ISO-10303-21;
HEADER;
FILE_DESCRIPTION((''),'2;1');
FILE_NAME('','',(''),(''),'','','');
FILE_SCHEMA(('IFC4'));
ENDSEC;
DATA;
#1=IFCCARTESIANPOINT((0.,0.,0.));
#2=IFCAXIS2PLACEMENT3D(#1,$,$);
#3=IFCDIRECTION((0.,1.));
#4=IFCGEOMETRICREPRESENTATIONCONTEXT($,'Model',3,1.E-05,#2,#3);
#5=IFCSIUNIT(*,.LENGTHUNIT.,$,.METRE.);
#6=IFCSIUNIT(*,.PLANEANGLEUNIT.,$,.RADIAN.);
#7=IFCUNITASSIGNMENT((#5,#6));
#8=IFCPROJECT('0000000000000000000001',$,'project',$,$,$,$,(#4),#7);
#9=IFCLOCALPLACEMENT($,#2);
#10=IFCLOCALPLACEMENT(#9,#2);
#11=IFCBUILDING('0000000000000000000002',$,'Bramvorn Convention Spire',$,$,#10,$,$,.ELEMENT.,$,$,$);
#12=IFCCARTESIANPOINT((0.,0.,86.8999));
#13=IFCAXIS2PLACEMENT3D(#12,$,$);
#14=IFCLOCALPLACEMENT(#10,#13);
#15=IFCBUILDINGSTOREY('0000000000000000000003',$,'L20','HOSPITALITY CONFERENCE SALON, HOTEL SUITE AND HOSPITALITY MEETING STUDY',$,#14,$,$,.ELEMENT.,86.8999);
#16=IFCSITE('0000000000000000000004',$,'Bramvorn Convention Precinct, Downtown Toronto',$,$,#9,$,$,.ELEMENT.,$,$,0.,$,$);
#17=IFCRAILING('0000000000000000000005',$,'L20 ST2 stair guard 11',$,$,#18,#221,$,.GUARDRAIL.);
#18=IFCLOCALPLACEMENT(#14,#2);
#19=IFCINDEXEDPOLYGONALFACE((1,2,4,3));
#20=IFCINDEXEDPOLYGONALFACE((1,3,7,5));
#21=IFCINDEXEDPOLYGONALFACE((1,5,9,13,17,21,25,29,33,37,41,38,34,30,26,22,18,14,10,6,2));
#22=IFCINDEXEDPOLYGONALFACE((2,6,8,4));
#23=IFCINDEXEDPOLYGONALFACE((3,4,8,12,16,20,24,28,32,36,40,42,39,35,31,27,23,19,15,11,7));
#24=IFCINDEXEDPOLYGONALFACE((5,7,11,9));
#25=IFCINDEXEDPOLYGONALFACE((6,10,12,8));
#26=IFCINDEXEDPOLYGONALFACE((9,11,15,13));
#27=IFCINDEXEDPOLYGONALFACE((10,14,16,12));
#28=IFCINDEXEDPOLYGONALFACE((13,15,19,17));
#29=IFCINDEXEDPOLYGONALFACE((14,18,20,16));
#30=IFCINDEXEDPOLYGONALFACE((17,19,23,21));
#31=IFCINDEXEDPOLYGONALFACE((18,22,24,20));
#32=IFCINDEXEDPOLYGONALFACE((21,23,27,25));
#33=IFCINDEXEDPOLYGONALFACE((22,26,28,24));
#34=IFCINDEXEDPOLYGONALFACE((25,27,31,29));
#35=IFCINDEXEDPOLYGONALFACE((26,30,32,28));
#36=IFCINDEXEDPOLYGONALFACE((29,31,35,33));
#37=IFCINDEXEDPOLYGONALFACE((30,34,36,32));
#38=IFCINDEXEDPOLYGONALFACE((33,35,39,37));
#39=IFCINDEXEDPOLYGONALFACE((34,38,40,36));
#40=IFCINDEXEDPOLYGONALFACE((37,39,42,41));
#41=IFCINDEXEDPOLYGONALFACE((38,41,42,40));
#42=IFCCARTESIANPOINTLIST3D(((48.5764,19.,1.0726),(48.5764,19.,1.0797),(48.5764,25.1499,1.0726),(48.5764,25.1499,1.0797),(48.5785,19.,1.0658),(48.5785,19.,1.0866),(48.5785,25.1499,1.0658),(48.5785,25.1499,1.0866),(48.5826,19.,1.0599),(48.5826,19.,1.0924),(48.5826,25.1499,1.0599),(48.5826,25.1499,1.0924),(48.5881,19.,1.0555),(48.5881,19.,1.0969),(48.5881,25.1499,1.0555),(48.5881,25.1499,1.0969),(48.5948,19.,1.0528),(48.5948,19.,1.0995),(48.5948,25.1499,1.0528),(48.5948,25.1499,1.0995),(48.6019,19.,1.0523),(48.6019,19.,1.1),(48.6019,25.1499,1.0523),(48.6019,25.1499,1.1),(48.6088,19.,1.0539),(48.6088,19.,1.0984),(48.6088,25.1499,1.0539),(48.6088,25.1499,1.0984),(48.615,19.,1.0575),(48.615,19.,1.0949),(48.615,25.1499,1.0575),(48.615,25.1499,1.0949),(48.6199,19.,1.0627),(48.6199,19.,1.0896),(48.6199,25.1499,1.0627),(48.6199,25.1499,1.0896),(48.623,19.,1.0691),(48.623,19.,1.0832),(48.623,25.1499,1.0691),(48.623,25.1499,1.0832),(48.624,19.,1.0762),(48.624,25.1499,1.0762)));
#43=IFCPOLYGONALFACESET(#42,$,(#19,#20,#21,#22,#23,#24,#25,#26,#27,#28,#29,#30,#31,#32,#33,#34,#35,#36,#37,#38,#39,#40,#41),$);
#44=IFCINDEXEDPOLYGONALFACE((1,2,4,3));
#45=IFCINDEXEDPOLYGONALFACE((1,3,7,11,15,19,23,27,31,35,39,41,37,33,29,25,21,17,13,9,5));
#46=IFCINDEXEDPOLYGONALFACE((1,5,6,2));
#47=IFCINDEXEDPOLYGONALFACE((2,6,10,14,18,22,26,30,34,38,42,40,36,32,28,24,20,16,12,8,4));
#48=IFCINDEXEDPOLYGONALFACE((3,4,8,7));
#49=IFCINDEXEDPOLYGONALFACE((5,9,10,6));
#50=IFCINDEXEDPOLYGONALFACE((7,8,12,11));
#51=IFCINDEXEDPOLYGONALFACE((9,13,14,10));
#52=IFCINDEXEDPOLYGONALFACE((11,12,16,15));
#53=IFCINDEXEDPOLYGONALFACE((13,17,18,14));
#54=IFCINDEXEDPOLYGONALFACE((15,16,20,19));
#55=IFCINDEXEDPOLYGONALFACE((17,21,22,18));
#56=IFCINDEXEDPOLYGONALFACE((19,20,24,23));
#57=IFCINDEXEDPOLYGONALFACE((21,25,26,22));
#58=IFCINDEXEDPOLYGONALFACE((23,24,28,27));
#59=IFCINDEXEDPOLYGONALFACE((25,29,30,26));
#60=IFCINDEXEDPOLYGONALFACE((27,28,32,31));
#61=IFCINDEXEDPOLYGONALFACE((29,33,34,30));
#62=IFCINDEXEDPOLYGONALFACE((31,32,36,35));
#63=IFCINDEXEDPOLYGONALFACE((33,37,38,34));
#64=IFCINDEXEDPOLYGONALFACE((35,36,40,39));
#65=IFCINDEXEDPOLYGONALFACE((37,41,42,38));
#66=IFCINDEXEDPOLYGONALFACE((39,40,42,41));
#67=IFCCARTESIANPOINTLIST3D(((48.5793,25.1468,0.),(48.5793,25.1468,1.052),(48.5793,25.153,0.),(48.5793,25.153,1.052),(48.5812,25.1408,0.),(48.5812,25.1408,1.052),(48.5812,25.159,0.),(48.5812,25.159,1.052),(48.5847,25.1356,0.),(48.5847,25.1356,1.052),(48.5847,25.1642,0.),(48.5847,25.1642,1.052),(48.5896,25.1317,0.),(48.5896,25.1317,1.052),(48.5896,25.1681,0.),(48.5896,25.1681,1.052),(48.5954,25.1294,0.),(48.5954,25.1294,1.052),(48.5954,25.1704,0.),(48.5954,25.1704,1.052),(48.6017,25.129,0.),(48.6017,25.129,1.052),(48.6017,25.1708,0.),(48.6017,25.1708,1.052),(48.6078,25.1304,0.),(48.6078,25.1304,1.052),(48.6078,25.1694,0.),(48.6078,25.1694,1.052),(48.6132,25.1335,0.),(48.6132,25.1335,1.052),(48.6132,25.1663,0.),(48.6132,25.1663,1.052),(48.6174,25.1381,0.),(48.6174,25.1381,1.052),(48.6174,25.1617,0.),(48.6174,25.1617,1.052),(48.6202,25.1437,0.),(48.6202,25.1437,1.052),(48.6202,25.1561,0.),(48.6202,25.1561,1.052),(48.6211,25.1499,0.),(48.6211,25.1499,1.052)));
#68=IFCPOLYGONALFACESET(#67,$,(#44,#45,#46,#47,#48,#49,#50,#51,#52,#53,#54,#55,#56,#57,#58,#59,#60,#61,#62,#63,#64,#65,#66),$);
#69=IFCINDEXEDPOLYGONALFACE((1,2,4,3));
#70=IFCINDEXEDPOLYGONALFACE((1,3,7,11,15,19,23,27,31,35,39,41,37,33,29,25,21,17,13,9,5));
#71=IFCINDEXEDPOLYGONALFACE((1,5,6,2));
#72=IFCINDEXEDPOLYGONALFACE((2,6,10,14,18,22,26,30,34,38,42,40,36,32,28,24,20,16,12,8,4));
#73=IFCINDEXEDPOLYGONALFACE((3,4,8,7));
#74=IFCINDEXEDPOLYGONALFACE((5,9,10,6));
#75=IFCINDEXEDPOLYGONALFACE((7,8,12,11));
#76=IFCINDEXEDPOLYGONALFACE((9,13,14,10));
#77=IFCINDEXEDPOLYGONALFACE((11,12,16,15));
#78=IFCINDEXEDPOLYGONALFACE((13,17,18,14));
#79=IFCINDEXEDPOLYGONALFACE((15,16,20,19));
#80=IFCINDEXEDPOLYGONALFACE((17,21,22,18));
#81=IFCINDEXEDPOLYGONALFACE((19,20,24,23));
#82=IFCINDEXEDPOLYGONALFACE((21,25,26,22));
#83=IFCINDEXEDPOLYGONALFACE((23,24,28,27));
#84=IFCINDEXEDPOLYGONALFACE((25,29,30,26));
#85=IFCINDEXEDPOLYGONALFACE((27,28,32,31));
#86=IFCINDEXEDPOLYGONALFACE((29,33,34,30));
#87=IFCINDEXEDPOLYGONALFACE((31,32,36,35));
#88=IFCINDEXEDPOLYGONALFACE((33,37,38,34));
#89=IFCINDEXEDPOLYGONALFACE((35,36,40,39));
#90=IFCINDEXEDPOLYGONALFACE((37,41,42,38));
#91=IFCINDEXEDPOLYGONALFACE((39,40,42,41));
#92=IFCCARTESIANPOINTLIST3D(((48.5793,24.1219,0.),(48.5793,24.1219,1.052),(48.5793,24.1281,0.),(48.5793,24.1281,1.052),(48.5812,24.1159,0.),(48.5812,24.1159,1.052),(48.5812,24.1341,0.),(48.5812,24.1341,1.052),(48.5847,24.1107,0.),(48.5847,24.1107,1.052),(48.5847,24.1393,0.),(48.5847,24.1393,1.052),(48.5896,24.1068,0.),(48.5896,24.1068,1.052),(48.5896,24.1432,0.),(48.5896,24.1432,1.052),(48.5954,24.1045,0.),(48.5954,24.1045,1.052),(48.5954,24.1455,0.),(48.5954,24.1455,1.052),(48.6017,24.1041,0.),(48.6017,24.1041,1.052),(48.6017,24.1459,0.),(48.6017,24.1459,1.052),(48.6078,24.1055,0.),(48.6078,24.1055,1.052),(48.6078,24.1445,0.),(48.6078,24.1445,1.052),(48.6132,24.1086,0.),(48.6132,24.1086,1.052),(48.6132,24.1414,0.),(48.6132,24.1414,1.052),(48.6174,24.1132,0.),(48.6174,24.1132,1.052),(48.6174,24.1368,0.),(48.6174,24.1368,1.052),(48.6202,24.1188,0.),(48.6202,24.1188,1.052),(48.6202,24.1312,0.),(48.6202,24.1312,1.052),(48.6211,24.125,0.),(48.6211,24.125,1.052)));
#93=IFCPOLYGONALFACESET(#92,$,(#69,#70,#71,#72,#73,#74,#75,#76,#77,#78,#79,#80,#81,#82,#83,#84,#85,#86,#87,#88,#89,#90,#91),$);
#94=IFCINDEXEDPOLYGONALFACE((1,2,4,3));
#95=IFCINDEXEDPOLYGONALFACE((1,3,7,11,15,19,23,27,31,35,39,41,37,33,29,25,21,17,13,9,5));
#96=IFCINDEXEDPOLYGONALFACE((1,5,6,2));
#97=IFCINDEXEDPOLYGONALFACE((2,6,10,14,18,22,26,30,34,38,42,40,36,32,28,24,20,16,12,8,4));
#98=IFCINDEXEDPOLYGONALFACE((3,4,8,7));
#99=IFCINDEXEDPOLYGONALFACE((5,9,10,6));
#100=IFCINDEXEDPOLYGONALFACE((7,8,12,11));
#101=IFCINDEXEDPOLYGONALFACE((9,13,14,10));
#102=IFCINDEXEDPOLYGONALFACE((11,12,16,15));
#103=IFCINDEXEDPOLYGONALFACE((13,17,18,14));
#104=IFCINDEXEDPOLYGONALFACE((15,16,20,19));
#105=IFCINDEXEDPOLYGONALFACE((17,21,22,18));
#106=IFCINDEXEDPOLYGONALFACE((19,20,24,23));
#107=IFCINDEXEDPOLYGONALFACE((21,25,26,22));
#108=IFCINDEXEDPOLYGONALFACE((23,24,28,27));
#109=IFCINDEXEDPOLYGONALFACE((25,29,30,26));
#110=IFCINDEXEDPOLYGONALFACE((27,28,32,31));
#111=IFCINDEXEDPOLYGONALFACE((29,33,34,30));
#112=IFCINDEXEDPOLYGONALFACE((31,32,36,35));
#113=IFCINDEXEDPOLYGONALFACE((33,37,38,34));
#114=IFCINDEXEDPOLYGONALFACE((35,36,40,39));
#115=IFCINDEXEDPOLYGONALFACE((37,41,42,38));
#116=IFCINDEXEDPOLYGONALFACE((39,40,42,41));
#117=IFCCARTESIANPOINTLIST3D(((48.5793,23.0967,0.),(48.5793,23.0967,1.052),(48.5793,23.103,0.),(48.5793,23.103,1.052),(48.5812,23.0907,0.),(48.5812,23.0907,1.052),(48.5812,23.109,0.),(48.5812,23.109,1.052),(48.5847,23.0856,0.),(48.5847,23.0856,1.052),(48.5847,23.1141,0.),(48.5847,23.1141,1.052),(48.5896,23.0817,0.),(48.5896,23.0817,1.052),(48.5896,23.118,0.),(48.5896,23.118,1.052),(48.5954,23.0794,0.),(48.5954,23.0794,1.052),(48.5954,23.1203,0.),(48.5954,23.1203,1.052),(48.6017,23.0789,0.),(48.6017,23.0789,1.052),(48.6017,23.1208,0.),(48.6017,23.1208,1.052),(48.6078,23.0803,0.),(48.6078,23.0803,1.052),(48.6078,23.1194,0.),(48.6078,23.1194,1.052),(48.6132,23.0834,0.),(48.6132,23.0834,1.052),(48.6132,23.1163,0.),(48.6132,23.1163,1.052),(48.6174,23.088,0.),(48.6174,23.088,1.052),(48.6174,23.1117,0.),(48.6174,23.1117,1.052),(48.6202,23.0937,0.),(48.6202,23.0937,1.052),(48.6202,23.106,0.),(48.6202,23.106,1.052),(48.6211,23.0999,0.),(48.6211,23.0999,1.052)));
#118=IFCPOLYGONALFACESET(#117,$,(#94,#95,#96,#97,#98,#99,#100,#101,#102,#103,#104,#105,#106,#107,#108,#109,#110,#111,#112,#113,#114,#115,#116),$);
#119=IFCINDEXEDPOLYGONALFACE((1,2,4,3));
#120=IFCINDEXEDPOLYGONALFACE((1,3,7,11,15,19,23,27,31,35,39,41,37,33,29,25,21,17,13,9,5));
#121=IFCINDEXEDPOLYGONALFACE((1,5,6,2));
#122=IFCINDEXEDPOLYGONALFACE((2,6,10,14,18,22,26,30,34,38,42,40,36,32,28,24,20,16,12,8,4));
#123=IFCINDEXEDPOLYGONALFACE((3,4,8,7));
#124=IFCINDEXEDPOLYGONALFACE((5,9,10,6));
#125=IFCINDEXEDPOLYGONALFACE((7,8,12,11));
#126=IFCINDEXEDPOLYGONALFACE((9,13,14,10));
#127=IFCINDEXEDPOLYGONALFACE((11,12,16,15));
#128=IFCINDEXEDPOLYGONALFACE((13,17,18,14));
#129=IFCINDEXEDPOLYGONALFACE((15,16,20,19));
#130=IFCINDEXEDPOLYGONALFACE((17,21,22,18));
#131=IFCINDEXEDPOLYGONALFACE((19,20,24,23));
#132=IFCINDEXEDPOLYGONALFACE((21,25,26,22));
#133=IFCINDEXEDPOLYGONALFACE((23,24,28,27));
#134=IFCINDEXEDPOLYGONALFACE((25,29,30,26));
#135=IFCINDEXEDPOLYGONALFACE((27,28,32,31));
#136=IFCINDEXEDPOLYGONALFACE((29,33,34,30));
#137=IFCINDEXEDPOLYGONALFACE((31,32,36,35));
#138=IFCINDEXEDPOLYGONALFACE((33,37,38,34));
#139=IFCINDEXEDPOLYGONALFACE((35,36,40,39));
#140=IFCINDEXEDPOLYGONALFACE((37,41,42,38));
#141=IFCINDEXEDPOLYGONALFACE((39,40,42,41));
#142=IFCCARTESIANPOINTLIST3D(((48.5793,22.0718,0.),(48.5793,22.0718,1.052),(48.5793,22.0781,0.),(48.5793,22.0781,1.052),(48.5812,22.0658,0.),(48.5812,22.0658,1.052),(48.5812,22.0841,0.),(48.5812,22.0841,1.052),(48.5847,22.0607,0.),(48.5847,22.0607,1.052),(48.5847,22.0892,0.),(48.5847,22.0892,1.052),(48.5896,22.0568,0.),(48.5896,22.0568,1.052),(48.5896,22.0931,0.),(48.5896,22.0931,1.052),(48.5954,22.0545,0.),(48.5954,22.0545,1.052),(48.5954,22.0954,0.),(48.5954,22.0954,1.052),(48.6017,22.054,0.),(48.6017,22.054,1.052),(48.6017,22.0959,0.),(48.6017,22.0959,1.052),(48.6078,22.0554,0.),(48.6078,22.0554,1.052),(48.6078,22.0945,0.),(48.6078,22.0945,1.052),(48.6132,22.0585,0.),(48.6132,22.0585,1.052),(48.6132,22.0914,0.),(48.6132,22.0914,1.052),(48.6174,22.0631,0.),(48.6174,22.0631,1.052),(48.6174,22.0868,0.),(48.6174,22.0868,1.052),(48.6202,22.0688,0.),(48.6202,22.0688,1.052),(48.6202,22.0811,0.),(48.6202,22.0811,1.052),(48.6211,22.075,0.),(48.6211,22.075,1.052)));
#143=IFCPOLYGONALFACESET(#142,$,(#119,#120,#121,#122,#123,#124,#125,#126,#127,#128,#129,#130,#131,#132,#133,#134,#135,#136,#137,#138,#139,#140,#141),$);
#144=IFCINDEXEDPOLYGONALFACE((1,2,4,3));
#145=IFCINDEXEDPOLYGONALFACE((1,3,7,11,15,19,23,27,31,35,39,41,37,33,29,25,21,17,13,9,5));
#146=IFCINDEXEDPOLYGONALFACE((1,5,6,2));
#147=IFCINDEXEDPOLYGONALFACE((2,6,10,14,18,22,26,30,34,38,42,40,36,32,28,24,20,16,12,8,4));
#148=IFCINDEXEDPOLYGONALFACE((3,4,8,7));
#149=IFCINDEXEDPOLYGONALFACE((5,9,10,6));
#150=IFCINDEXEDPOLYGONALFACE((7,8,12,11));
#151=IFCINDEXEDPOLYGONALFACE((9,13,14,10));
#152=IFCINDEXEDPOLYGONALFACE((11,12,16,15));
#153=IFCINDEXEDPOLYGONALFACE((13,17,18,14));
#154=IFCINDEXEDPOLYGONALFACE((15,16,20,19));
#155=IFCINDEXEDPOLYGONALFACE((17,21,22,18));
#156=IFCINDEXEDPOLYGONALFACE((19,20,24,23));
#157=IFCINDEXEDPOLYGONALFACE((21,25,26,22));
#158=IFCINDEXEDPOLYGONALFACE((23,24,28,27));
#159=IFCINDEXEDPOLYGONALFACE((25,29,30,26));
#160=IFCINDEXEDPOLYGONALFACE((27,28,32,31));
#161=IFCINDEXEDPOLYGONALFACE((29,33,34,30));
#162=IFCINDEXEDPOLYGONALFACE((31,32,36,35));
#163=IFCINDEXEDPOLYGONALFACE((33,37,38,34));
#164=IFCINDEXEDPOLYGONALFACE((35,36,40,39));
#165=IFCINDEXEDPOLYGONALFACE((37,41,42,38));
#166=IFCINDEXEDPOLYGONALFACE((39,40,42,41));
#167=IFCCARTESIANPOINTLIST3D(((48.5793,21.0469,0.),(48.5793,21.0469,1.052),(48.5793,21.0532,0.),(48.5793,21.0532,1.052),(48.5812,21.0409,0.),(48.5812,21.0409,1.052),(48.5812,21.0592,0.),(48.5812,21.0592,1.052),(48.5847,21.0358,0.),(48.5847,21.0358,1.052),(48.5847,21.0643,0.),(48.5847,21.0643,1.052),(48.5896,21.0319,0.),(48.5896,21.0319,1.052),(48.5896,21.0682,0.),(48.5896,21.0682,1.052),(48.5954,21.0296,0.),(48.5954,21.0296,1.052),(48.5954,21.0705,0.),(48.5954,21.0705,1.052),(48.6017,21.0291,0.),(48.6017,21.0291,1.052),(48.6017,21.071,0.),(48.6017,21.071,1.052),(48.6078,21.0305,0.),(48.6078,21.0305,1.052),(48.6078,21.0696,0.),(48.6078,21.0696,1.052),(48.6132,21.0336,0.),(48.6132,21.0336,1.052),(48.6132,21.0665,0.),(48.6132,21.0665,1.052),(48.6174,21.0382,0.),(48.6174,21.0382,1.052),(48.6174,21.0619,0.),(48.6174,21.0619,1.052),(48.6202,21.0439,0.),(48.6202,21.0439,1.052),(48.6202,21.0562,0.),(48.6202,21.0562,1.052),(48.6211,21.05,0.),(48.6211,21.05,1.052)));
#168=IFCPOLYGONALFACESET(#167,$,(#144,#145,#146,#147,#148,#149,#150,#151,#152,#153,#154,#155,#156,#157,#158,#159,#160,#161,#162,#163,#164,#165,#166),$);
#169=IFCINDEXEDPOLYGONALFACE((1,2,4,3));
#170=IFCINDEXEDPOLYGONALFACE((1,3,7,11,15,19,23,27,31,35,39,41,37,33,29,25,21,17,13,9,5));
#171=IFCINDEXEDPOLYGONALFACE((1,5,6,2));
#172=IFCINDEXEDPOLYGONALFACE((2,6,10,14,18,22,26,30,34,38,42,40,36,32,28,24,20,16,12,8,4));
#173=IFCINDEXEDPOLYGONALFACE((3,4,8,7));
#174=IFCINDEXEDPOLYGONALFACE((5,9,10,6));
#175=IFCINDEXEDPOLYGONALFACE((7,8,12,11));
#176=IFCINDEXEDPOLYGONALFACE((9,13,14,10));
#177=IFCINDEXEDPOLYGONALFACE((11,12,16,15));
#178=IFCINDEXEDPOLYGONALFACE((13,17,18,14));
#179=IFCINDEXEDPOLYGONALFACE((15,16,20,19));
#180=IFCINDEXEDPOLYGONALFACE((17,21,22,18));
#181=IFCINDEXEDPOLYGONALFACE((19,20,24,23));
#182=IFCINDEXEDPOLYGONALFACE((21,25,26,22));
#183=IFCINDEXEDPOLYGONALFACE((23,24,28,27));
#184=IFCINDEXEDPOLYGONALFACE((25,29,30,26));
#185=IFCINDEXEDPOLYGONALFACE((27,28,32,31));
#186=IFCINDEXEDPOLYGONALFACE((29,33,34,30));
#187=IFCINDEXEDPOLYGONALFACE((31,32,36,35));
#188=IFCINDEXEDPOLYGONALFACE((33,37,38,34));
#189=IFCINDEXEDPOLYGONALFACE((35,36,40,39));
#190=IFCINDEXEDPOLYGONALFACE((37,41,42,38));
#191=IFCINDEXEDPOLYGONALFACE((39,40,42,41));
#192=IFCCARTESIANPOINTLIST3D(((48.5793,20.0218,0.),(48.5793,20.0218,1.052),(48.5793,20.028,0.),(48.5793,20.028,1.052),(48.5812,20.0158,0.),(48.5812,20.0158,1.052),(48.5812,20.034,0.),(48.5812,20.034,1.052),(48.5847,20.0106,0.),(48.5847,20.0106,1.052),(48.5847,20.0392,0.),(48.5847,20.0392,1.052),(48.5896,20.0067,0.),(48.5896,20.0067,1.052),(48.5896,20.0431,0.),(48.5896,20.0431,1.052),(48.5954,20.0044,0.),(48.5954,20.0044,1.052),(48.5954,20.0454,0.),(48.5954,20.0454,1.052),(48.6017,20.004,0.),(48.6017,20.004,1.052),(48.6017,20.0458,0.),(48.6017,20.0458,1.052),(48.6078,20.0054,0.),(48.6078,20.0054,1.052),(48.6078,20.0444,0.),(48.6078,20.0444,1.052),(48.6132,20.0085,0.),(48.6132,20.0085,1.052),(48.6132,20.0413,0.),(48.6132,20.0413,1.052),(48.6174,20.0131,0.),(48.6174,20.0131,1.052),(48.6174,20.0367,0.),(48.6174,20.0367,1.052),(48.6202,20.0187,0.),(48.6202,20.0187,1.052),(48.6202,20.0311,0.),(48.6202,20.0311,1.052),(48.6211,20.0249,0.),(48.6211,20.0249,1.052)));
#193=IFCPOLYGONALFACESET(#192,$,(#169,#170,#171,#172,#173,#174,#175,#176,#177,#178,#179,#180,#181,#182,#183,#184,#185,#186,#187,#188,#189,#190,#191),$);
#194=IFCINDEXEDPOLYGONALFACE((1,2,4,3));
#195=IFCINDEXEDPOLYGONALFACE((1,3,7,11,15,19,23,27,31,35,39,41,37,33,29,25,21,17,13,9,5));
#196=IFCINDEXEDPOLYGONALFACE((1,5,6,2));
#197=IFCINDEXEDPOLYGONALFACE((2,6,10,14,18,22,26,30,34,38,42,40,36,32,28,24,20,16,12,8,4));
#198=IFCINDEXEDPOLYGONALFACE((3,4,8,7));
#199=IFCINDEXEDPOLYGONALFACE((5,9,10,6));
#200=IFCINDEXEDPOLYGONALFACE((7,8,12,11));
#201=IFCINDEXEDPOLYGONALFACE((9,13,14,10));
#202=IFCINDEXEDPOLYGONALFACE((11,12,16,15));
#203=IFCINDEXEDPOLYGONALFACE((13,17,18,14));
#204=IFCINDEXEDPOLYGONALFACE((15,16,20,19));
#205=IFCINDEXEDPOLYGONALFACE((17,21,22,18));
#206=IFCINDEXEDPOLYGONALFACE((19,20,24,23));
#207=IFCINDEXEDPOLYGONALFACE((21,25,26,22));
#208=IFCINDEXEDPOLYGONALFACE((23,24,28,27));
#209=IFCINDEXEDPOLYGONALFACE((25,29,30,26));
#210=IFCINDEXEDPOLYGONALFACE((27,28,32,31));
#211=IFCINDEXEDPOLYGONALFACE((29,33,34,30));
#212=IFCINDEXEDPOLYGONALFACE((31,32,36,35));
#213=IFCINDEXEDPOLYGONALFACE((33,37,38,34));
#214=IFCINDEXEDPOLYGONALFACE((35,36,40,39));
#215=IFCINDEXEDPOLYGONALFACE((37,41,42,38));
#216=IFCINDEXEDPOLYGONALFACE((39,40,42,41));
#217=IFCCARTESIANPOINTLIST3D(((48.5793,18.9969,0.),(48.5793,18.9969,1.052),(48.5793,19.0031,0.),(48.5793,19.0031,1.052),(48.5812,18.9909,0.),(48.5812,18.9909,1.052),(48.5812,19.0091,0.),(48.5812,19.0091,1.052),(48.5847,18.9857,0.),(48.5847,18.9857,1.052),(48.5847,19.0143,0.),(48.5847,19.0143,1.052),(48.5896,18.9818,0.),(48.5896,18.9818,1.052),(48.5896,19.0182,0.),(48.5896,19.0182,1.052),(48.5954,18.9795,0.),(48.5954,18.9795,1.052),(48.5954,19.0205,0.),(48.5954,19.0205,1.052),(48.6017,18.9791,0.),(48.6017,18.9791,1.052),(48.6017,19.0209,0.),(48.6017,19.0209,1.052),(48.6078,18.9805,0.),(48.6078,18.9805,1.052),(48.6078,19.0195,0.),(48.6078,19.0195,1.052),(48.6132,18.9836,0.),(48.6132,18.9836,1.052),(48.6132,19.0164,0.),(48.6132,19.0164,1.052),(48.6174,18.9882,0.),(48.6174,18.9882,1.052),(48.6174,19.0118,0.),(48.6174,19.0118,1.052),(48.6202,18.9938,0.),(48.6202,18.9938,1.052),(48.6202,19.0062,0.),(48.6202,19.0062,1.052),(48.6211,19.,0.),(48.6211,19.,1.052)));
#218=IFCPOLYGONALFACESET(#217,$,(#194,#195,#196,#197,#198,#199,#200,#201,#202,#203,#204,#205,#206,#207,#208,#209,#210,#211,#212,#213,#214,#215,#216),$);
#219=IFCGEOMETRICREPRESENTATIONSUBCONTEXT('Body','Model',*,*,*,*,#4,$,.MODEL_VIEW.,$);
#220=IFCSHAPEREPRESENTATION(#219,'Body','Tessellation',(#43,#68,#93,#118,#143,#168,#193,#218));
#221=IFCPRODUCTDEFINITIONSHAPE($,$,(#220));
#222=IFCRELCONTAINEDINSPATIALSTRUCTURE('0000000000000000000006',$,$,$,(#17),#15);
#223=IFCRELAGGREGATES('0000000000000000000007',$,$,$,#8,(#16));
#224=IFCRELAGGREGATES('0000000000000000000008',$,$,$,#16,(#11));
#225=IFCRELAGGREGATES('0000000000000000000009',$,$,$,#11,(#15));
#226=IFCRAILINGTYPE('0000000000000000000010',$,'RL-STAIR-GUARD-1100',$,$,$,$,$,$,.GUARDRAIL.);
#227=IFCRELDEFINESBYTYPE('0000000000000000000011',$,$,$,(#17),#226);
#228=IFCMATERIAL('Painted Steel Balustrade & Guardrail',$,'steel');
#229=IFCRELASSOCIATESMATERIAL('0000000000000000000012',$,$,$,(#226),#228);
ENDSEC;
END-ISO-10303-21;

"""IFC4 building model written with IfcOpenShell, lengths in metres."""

from ifc_helpers import new_model, si_unit, direction, frame, origin, origin_2d, place, context, subcontext, project, spatial, circle, extrude, material, type_object, element, save


model = new_model("IFC4")

# Units and contexts
model_context = context("Model", 3, precision=1e-05, world=origin(), true_north=direction((0.0, 1.0)))
body_context = subcontext(model_context, "Body", "Model", "MODEL_VIEW")
ifc_project = project(units=[si_unit("LENGTHUNIT", "METRE"), si_unit("PLANEANGLEUNIT", "RADIAN")], contexts=[model_context])

# Site, building, storey
site_placement = place(None, origin())
site = spatial("IfcSite", under=ifc_project, at=site_placement, Name="Bramvorn Convention Precinct, Downtown Toronto", CompositionType="ELEMENT", RefElevation=0.0)
building_placement = place(site_placement, origin())
building = spatial("IfcBuilding", under=site, at=building_placement, Name="Bramvorn Convention Spire", CompositionType="ELEMENT")
storey_placement = place(building_placement, frame((0.0, 0.0, 86.8999)))
storey = spatial("IfcBuildingStorey", under=building, at=storey_placement, Name="L20", Description="HOSPITALITY CONFERENCE SALON, HOTEL SUITE AND HOSPITALITY MEETING STUDY", CompositionType="ELEMENT", Elevation=86.8999)

# Railing
ifc_material_1 = material(Name="Painted Steel Balustrade & Guardrail", Category="steel")
railing_type_1 = type_object("IfcRailingType", Name="RL-STAIR-GUARD-1100", PredefinedType="GUARDRAIL", material=ifc_material_1)
railing_1_placement = place(storey_placement, frame((48.6001, 25.1499, 0.0)))
element("IfcRailing", 1, at=railing_1_placement, inside=storey, type_object=railing_type_1, Name="L20 ST2 stair guard 11", PredefinedType="GUARDRAIL", context=body_context, shape_type="SweptSolid", body=[
    extrude(circle(Radius=0.0239, at=origin_2d()), frame((0.0, 0.0, 1.0762), z_axis=(0.0, -1.0, 0.0), x_axis=(1.0, 0.0, 0.0)), (0.0, 0.0, 1.0), 6.1499),
    extrude(circle(Radius=0.021, at=origin_2d()), origin(), (0.0, 0.0, 1.0), 1.052),
    extrude(circle(Radius=0.021, at=origin_2d()), frame((0.0, -1.0249, 0.0)), (0.0, 0.0, 1.0), 1.052),
    extrude(circle(Radius=0.021, at=origin_2d()), frame((0.0, -2.05, 0.0)), (0.0, 0.0, 1.0), 1.052),
    extrude(circle(Radius=0.021, at=origin_2d()), frame((0.0, -3.075, 0.0)), (0.0, 0.0, 1.0), 1.052),
    extrude(circle(Radius=0.021, at=origin_2d()), frame((0.0, -4.0999, 0.0)), (0.0, 0.0, 1.0), 1.052),
    extrude(circle(Radius=0.021, at=origin_2d()), frame((0.0, -5.125, 0.0)), (0.0, 0.0, 1.0), 1.052),
    extrude(circle(Radius=0.021, at=origin_2d()), frame((0.0, -6.1499, 0.0)), (0.0, 0.0, 1.0), 1.052),
])

save(model, "model.ifc")
